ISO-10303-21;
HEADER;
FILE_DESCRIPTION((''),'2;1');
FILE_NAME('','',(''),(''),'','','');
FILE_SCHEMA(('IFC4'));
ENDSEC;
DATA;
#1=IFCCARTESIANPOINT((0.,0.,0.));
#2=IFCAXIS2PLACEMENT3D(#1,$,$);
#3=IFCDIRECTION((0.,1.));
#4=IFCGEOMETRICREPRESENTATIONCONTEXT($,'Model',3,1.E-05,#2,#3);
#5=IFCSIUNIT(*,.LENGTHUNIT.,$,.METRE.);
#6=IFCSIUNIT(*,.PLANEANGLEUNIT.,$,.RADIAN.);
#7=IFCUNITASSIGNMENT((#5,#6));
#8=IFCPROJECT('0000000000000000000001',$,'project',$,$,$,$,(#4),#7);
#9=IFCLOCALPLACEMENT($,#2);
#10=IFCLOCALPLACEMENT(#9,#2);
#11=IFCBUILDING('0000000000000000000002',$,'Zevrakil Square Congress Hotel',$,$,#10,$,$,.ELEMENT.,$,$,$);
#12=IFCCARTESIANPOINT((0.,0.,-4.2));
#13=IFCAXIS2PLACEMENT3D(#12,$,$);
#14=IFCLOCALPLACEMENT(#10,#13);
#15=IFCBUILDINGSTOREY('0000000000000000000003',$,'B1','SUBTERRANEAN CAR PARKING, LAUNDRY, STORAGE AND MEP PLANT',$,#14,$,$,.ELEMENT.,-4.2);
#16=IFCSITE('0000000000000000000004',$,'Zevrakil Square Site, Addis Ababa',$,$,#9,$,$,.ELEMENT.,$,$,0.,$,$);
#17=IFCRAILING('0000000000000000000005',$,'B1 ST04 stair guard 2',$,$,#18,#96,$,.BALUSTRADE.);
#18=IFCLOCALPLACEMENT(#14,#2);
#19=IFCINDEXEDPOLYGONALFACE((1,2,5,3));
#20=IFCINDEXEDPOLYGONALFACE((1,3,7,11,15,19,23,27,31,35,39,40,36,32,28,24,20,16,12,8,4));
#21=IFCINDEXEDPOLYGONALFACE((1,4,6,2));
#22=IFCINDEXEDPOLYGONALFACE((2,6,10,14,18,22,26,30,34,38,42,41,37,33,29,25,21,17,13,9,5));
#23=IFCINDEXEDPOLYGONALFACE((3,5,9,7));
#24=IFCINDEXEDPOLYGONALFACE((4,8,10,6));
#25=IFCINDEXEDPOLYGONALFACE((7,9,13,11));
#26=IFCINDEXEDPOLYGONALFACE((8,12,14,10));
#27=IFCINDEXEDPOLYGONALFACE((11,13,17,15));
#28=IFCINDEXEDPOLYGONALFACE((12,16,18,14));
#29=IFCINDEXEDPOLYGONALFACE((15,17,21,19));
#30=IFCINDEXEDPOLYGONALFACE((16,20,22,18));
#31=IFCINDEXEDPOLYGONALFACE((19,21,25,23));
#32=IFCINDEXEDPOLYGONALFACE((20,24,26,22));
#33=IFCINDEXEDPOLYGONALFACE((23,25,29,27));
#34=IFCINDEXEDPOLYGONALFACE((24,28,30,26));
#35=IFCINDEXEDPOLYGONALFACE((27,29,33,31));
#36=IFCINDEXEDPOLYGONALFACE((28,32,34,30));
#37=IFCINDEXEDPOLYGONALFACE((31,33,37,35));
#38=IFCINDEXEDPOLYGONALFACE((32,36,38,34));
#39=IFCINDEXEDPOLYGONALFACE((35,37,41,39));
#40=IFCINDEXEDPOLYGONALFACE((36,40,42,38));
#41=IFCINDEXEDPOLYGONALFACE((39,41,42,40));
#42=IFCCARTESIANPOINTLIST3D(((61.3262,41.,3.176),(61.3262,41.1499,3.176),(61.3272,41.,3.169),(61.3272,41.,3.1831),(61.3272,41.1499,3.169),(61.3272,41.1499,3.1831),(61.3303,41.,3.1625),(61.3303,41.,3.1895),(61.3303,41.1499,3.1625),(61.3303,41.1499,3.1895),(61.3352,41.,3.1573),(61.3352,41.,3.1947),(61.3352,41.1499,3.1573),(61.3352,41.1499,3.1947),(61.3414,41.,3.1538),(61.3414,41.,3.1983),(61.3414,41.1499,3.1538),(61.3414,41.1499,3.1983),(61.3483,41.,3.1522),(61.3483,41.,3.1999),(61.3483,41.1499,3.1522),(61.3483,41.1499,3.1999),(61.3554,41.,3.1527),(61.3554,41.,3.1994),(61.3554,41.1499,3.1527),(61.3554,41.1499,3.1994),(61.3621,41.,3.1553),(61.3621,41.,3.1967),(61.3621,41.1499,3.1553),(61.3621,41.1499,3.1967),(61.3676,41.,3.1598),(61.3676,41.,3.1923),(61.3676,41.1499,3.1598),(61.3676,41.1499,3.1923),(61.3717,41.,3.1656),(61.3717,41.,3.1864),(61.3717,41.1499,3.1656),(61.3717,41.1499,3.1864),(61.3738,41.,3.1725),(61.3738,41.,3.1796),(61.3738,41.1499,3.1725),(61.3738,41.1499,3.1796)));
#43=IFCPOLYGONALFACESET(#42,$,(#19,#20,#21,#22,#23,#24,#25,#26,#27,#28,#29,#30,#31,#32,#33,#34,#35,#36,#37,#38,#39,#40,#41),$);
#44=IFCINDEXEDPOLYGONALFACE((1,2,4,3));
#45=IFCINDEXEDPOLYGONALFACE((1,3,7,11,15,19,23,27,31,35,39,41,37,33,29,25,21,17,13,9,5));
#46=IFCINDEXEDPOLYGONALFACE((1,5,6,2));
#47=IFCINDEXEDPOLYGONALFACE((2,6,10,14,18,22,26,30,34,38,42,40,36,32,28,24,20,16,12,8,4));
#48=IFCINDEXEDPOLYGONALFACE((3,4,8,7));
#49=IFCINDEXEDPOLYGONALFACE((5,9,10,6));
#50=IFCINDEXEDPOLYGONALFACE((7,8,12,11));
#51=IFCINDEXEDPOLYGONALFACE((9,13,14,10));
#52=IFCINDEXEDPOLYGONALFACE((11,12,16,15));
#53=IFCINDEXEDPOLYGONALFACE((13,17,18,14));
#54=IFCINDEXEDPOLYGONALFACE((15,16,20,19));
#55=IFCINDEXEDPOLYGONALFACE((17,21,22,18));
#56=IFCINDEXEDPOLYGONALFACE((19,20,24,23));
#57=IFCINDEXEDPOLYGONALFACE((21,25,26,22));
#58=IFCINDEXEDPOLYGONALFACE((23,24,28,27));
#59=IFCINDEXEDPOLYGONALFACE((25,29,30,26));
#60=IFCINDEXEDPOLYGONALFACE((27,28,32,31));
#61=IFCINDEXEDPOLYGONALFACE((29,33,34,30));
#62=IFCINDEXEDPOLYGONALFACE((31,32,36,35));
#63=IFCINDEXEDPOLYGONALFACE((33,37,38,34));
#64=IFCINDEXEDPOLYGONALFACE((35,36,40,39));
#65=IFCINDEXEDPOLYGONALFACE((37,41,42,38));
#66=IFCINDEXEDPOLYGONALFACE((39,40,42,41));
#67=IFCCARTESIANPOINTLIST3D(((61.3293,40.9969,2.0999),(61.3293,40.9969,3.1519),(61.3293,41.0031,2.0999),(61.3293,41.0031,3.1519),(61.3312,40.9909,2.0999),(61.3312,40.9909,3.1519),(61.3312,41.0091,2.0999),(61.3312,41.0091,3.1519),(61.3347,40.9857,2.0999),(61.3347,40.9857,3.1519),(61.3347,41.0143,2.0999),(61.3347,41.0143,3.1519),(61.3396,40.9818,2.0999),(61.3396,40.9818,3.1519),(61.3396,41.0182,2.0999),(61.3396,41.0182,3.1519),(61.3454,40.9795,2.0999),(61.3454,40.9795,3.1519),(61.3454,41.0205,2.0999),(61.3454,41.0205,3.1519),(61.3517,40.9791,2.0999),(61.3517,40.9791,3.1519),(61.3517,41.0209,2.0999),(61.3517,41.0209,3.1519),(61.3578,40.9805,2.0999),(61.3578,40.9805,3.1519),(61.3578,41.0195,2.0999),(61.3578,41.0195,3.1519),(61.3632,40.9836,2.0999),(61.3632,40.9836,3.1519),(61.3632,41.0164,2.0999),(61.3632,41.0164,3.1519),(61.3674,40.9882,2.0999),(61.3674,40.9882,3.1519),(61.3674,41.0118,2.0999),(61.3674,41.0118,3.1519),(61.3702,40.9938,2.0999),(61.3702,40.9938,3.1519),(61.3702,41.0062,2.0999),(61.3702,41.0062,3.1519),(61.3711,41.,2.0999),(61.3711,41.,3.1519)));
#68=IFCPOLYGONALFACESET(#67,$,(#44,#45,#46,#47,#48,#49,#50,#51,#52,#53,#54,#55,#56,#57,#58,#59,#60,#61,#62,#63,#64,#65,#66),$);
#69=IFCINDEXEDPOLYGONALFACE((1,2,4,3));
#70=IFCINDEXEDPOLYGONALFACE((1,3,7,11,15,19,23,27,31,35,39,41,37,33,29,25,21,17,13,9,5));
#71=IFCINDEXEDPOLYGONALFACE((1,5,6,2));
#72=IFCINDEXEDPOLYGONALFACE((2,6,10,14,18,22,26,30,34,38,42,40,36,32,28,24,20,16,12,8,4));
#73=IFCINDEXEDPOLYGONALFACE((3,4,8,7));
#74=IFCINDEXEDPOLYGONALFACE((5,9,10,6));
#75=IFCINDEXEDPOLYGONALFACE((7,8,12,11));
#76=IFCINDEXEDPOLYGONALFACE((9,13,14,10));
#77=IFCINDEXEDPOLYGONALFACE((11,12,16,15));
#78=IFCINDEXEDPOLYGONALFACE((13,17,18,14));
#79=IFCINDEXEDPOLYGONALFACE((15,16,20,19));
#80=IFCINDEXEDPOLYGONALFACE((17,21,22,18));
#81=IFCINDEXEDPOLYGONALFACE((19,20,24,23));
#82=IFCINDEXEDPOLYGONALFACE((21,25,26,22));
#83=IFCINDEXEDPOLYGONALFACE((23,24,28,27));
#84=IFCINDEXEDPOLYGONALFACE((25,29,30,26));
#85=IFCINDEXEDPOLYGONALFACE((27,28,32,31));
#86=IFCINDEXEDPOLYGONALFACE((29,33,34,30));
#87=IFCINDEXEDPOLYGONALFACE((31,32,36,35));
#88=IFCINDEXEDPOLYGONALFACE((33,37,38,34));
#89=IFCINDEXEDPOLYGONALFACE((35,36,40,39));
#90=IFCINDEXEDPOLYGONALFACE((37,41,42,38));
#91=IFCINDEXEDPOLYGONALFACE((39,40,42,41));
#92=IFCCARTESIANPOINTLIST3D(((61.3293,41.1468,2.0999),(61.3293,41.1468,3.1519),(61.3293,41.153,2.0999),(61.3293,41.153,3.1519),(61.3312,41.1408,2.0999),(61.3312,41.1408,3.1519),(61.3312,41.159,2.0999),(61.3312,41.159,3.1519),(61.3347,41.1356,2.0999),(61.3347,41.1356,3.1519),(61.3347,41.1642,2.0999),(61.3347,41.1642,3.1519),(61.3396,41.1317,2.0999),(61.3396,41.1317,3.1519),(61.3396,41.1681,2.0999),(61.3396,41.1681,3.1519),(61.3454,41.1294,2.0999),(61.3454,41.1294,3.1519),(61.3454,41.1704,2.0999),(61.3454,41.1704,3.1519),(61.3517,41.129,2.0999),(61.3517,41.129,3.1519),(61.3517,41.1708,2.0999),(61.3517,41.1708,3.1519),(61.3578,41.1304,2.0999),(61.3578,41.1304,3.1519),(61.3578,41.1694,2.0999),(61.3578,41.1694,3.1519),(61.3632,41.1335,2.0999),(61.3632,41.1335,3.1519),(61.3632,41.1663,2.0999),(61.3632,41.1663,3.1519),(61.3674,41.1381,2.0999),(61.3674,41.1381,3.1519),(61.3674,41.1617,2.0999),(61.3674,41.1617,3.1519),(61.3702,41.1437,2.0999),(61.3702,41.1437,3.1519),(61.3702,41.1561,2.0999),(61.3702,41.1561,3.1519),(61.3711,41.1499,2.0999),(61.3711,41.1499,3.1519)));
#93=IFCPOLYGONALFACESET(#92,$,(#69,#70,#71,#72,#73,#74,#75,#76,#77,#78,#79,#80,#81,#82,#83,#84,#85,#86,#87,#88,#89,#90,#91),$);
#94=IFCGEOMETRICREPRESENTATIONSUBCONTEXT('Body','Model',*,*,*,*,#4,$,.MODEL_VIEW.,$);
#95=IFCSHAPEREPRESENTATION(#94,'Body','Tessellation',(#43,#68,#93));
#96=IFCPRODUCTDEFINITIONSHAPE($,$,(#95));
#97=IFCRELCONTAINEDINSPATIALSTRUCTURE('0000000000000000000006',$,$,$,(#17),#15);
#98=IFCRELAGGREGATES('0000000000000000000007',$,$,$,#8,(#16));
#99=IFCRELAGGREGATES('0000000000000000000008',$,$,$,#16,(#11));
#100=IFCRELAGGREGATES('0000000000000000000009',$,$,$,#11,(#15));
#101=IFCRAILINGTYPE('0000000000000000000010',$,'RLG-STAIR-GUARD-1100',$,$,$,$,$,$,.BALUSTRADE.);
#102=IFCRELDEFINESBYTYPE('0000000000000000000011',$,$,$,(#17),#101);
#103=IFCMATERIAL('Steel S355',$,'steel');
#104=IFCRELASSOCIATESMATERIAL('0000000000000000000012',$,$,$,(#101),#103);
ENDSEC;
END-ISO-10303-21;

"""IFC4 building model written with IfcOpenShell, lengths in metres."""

from ifc_helpers import new_model, si_unit, direction, frame, origin, origin_2d, place, context, subcontext, project, spatial, circle, extrude, material, type_object, element, save


model = new_model("IFC4")

# Units and contexts
model_context = context("Model", 3, precision=1e-05, world=origin(), true_north=direction((0.0, 1.0)))
body_context = subcontext(model_context, "Body", "Model", "MODEL_VIEW")
ifc_project = project(units=[si_unit("LENGTHUNIT", "METRE"), si_unit("PLANEANGLEUNIT", "RADIAN")], contexts=[model_context])

# Site, building, storey
site_placement = place(None, origin())
site = spatial("IfcSite", under=ifc_project, at=site_placement, Name="Zevrakil Square Site, Addis Ababa", CompositionType="ELEMENT", RefElevation=0.0)
building_placement = place(site_placement, origin())
building = spatial("IfcBuilding", under=site, at=building_placement, Name="Zevrakil Square Congress Hotel", CompositionType="ELEMENT")
storey_placement = place(building_placement, frame((0.0, 0.0, -4.2)))
storey = spatial("IfcBuildingStorey", under=building, at=storey_placement, Name="B1", Description="SUBTERRANEAN CAR PARKING, LAUNDRY, STORAGE AND MEP PLANT", CompositionType="ELEMENT", Elevation=-4.2)

# Railing
ifc_material_1 = material(Name="Steel S355", Category="steel")
railing_type_1 = type_object("IfcRailingType", Name="RLG-STAIR-GUARD-1100", PredefinedType="BALUSTRADE", material=ifc_material_1)
railing_1_placement = place(storey_placement, frame((61.3501, 41.0, 2.0999)))
element("IfcRailing", 1, at=railing_1_placement, inside=storey, type_object=railing_type_1, Name="B1 ST04 stair guard 2", PredefinedType="BALUSTRADE", context=body_context, shape_type="SweptSolid", body=[
    extrude(circle(Radius=0.0239, at=origin_2d()), frame((0.0, 0.0, 1.0762), z_axis=(0.0, 1.0, 0.0), x_axis=(-1.0, 0.0, 0.0)), (0.0, 0.0, 1.0), 0.1499),
    extrude(circle(Radius=0.021, at=origin_2d()), origin(), (0.0, 0.0, 1.0), 1.052),
    extrude(circle(Radius=0.021, at=origin_2d()), frame((0.0, 0.1499, 0.0)), (0.0, 0.0, 1.0), 1.052),
])

save(model, "model.ifc")
